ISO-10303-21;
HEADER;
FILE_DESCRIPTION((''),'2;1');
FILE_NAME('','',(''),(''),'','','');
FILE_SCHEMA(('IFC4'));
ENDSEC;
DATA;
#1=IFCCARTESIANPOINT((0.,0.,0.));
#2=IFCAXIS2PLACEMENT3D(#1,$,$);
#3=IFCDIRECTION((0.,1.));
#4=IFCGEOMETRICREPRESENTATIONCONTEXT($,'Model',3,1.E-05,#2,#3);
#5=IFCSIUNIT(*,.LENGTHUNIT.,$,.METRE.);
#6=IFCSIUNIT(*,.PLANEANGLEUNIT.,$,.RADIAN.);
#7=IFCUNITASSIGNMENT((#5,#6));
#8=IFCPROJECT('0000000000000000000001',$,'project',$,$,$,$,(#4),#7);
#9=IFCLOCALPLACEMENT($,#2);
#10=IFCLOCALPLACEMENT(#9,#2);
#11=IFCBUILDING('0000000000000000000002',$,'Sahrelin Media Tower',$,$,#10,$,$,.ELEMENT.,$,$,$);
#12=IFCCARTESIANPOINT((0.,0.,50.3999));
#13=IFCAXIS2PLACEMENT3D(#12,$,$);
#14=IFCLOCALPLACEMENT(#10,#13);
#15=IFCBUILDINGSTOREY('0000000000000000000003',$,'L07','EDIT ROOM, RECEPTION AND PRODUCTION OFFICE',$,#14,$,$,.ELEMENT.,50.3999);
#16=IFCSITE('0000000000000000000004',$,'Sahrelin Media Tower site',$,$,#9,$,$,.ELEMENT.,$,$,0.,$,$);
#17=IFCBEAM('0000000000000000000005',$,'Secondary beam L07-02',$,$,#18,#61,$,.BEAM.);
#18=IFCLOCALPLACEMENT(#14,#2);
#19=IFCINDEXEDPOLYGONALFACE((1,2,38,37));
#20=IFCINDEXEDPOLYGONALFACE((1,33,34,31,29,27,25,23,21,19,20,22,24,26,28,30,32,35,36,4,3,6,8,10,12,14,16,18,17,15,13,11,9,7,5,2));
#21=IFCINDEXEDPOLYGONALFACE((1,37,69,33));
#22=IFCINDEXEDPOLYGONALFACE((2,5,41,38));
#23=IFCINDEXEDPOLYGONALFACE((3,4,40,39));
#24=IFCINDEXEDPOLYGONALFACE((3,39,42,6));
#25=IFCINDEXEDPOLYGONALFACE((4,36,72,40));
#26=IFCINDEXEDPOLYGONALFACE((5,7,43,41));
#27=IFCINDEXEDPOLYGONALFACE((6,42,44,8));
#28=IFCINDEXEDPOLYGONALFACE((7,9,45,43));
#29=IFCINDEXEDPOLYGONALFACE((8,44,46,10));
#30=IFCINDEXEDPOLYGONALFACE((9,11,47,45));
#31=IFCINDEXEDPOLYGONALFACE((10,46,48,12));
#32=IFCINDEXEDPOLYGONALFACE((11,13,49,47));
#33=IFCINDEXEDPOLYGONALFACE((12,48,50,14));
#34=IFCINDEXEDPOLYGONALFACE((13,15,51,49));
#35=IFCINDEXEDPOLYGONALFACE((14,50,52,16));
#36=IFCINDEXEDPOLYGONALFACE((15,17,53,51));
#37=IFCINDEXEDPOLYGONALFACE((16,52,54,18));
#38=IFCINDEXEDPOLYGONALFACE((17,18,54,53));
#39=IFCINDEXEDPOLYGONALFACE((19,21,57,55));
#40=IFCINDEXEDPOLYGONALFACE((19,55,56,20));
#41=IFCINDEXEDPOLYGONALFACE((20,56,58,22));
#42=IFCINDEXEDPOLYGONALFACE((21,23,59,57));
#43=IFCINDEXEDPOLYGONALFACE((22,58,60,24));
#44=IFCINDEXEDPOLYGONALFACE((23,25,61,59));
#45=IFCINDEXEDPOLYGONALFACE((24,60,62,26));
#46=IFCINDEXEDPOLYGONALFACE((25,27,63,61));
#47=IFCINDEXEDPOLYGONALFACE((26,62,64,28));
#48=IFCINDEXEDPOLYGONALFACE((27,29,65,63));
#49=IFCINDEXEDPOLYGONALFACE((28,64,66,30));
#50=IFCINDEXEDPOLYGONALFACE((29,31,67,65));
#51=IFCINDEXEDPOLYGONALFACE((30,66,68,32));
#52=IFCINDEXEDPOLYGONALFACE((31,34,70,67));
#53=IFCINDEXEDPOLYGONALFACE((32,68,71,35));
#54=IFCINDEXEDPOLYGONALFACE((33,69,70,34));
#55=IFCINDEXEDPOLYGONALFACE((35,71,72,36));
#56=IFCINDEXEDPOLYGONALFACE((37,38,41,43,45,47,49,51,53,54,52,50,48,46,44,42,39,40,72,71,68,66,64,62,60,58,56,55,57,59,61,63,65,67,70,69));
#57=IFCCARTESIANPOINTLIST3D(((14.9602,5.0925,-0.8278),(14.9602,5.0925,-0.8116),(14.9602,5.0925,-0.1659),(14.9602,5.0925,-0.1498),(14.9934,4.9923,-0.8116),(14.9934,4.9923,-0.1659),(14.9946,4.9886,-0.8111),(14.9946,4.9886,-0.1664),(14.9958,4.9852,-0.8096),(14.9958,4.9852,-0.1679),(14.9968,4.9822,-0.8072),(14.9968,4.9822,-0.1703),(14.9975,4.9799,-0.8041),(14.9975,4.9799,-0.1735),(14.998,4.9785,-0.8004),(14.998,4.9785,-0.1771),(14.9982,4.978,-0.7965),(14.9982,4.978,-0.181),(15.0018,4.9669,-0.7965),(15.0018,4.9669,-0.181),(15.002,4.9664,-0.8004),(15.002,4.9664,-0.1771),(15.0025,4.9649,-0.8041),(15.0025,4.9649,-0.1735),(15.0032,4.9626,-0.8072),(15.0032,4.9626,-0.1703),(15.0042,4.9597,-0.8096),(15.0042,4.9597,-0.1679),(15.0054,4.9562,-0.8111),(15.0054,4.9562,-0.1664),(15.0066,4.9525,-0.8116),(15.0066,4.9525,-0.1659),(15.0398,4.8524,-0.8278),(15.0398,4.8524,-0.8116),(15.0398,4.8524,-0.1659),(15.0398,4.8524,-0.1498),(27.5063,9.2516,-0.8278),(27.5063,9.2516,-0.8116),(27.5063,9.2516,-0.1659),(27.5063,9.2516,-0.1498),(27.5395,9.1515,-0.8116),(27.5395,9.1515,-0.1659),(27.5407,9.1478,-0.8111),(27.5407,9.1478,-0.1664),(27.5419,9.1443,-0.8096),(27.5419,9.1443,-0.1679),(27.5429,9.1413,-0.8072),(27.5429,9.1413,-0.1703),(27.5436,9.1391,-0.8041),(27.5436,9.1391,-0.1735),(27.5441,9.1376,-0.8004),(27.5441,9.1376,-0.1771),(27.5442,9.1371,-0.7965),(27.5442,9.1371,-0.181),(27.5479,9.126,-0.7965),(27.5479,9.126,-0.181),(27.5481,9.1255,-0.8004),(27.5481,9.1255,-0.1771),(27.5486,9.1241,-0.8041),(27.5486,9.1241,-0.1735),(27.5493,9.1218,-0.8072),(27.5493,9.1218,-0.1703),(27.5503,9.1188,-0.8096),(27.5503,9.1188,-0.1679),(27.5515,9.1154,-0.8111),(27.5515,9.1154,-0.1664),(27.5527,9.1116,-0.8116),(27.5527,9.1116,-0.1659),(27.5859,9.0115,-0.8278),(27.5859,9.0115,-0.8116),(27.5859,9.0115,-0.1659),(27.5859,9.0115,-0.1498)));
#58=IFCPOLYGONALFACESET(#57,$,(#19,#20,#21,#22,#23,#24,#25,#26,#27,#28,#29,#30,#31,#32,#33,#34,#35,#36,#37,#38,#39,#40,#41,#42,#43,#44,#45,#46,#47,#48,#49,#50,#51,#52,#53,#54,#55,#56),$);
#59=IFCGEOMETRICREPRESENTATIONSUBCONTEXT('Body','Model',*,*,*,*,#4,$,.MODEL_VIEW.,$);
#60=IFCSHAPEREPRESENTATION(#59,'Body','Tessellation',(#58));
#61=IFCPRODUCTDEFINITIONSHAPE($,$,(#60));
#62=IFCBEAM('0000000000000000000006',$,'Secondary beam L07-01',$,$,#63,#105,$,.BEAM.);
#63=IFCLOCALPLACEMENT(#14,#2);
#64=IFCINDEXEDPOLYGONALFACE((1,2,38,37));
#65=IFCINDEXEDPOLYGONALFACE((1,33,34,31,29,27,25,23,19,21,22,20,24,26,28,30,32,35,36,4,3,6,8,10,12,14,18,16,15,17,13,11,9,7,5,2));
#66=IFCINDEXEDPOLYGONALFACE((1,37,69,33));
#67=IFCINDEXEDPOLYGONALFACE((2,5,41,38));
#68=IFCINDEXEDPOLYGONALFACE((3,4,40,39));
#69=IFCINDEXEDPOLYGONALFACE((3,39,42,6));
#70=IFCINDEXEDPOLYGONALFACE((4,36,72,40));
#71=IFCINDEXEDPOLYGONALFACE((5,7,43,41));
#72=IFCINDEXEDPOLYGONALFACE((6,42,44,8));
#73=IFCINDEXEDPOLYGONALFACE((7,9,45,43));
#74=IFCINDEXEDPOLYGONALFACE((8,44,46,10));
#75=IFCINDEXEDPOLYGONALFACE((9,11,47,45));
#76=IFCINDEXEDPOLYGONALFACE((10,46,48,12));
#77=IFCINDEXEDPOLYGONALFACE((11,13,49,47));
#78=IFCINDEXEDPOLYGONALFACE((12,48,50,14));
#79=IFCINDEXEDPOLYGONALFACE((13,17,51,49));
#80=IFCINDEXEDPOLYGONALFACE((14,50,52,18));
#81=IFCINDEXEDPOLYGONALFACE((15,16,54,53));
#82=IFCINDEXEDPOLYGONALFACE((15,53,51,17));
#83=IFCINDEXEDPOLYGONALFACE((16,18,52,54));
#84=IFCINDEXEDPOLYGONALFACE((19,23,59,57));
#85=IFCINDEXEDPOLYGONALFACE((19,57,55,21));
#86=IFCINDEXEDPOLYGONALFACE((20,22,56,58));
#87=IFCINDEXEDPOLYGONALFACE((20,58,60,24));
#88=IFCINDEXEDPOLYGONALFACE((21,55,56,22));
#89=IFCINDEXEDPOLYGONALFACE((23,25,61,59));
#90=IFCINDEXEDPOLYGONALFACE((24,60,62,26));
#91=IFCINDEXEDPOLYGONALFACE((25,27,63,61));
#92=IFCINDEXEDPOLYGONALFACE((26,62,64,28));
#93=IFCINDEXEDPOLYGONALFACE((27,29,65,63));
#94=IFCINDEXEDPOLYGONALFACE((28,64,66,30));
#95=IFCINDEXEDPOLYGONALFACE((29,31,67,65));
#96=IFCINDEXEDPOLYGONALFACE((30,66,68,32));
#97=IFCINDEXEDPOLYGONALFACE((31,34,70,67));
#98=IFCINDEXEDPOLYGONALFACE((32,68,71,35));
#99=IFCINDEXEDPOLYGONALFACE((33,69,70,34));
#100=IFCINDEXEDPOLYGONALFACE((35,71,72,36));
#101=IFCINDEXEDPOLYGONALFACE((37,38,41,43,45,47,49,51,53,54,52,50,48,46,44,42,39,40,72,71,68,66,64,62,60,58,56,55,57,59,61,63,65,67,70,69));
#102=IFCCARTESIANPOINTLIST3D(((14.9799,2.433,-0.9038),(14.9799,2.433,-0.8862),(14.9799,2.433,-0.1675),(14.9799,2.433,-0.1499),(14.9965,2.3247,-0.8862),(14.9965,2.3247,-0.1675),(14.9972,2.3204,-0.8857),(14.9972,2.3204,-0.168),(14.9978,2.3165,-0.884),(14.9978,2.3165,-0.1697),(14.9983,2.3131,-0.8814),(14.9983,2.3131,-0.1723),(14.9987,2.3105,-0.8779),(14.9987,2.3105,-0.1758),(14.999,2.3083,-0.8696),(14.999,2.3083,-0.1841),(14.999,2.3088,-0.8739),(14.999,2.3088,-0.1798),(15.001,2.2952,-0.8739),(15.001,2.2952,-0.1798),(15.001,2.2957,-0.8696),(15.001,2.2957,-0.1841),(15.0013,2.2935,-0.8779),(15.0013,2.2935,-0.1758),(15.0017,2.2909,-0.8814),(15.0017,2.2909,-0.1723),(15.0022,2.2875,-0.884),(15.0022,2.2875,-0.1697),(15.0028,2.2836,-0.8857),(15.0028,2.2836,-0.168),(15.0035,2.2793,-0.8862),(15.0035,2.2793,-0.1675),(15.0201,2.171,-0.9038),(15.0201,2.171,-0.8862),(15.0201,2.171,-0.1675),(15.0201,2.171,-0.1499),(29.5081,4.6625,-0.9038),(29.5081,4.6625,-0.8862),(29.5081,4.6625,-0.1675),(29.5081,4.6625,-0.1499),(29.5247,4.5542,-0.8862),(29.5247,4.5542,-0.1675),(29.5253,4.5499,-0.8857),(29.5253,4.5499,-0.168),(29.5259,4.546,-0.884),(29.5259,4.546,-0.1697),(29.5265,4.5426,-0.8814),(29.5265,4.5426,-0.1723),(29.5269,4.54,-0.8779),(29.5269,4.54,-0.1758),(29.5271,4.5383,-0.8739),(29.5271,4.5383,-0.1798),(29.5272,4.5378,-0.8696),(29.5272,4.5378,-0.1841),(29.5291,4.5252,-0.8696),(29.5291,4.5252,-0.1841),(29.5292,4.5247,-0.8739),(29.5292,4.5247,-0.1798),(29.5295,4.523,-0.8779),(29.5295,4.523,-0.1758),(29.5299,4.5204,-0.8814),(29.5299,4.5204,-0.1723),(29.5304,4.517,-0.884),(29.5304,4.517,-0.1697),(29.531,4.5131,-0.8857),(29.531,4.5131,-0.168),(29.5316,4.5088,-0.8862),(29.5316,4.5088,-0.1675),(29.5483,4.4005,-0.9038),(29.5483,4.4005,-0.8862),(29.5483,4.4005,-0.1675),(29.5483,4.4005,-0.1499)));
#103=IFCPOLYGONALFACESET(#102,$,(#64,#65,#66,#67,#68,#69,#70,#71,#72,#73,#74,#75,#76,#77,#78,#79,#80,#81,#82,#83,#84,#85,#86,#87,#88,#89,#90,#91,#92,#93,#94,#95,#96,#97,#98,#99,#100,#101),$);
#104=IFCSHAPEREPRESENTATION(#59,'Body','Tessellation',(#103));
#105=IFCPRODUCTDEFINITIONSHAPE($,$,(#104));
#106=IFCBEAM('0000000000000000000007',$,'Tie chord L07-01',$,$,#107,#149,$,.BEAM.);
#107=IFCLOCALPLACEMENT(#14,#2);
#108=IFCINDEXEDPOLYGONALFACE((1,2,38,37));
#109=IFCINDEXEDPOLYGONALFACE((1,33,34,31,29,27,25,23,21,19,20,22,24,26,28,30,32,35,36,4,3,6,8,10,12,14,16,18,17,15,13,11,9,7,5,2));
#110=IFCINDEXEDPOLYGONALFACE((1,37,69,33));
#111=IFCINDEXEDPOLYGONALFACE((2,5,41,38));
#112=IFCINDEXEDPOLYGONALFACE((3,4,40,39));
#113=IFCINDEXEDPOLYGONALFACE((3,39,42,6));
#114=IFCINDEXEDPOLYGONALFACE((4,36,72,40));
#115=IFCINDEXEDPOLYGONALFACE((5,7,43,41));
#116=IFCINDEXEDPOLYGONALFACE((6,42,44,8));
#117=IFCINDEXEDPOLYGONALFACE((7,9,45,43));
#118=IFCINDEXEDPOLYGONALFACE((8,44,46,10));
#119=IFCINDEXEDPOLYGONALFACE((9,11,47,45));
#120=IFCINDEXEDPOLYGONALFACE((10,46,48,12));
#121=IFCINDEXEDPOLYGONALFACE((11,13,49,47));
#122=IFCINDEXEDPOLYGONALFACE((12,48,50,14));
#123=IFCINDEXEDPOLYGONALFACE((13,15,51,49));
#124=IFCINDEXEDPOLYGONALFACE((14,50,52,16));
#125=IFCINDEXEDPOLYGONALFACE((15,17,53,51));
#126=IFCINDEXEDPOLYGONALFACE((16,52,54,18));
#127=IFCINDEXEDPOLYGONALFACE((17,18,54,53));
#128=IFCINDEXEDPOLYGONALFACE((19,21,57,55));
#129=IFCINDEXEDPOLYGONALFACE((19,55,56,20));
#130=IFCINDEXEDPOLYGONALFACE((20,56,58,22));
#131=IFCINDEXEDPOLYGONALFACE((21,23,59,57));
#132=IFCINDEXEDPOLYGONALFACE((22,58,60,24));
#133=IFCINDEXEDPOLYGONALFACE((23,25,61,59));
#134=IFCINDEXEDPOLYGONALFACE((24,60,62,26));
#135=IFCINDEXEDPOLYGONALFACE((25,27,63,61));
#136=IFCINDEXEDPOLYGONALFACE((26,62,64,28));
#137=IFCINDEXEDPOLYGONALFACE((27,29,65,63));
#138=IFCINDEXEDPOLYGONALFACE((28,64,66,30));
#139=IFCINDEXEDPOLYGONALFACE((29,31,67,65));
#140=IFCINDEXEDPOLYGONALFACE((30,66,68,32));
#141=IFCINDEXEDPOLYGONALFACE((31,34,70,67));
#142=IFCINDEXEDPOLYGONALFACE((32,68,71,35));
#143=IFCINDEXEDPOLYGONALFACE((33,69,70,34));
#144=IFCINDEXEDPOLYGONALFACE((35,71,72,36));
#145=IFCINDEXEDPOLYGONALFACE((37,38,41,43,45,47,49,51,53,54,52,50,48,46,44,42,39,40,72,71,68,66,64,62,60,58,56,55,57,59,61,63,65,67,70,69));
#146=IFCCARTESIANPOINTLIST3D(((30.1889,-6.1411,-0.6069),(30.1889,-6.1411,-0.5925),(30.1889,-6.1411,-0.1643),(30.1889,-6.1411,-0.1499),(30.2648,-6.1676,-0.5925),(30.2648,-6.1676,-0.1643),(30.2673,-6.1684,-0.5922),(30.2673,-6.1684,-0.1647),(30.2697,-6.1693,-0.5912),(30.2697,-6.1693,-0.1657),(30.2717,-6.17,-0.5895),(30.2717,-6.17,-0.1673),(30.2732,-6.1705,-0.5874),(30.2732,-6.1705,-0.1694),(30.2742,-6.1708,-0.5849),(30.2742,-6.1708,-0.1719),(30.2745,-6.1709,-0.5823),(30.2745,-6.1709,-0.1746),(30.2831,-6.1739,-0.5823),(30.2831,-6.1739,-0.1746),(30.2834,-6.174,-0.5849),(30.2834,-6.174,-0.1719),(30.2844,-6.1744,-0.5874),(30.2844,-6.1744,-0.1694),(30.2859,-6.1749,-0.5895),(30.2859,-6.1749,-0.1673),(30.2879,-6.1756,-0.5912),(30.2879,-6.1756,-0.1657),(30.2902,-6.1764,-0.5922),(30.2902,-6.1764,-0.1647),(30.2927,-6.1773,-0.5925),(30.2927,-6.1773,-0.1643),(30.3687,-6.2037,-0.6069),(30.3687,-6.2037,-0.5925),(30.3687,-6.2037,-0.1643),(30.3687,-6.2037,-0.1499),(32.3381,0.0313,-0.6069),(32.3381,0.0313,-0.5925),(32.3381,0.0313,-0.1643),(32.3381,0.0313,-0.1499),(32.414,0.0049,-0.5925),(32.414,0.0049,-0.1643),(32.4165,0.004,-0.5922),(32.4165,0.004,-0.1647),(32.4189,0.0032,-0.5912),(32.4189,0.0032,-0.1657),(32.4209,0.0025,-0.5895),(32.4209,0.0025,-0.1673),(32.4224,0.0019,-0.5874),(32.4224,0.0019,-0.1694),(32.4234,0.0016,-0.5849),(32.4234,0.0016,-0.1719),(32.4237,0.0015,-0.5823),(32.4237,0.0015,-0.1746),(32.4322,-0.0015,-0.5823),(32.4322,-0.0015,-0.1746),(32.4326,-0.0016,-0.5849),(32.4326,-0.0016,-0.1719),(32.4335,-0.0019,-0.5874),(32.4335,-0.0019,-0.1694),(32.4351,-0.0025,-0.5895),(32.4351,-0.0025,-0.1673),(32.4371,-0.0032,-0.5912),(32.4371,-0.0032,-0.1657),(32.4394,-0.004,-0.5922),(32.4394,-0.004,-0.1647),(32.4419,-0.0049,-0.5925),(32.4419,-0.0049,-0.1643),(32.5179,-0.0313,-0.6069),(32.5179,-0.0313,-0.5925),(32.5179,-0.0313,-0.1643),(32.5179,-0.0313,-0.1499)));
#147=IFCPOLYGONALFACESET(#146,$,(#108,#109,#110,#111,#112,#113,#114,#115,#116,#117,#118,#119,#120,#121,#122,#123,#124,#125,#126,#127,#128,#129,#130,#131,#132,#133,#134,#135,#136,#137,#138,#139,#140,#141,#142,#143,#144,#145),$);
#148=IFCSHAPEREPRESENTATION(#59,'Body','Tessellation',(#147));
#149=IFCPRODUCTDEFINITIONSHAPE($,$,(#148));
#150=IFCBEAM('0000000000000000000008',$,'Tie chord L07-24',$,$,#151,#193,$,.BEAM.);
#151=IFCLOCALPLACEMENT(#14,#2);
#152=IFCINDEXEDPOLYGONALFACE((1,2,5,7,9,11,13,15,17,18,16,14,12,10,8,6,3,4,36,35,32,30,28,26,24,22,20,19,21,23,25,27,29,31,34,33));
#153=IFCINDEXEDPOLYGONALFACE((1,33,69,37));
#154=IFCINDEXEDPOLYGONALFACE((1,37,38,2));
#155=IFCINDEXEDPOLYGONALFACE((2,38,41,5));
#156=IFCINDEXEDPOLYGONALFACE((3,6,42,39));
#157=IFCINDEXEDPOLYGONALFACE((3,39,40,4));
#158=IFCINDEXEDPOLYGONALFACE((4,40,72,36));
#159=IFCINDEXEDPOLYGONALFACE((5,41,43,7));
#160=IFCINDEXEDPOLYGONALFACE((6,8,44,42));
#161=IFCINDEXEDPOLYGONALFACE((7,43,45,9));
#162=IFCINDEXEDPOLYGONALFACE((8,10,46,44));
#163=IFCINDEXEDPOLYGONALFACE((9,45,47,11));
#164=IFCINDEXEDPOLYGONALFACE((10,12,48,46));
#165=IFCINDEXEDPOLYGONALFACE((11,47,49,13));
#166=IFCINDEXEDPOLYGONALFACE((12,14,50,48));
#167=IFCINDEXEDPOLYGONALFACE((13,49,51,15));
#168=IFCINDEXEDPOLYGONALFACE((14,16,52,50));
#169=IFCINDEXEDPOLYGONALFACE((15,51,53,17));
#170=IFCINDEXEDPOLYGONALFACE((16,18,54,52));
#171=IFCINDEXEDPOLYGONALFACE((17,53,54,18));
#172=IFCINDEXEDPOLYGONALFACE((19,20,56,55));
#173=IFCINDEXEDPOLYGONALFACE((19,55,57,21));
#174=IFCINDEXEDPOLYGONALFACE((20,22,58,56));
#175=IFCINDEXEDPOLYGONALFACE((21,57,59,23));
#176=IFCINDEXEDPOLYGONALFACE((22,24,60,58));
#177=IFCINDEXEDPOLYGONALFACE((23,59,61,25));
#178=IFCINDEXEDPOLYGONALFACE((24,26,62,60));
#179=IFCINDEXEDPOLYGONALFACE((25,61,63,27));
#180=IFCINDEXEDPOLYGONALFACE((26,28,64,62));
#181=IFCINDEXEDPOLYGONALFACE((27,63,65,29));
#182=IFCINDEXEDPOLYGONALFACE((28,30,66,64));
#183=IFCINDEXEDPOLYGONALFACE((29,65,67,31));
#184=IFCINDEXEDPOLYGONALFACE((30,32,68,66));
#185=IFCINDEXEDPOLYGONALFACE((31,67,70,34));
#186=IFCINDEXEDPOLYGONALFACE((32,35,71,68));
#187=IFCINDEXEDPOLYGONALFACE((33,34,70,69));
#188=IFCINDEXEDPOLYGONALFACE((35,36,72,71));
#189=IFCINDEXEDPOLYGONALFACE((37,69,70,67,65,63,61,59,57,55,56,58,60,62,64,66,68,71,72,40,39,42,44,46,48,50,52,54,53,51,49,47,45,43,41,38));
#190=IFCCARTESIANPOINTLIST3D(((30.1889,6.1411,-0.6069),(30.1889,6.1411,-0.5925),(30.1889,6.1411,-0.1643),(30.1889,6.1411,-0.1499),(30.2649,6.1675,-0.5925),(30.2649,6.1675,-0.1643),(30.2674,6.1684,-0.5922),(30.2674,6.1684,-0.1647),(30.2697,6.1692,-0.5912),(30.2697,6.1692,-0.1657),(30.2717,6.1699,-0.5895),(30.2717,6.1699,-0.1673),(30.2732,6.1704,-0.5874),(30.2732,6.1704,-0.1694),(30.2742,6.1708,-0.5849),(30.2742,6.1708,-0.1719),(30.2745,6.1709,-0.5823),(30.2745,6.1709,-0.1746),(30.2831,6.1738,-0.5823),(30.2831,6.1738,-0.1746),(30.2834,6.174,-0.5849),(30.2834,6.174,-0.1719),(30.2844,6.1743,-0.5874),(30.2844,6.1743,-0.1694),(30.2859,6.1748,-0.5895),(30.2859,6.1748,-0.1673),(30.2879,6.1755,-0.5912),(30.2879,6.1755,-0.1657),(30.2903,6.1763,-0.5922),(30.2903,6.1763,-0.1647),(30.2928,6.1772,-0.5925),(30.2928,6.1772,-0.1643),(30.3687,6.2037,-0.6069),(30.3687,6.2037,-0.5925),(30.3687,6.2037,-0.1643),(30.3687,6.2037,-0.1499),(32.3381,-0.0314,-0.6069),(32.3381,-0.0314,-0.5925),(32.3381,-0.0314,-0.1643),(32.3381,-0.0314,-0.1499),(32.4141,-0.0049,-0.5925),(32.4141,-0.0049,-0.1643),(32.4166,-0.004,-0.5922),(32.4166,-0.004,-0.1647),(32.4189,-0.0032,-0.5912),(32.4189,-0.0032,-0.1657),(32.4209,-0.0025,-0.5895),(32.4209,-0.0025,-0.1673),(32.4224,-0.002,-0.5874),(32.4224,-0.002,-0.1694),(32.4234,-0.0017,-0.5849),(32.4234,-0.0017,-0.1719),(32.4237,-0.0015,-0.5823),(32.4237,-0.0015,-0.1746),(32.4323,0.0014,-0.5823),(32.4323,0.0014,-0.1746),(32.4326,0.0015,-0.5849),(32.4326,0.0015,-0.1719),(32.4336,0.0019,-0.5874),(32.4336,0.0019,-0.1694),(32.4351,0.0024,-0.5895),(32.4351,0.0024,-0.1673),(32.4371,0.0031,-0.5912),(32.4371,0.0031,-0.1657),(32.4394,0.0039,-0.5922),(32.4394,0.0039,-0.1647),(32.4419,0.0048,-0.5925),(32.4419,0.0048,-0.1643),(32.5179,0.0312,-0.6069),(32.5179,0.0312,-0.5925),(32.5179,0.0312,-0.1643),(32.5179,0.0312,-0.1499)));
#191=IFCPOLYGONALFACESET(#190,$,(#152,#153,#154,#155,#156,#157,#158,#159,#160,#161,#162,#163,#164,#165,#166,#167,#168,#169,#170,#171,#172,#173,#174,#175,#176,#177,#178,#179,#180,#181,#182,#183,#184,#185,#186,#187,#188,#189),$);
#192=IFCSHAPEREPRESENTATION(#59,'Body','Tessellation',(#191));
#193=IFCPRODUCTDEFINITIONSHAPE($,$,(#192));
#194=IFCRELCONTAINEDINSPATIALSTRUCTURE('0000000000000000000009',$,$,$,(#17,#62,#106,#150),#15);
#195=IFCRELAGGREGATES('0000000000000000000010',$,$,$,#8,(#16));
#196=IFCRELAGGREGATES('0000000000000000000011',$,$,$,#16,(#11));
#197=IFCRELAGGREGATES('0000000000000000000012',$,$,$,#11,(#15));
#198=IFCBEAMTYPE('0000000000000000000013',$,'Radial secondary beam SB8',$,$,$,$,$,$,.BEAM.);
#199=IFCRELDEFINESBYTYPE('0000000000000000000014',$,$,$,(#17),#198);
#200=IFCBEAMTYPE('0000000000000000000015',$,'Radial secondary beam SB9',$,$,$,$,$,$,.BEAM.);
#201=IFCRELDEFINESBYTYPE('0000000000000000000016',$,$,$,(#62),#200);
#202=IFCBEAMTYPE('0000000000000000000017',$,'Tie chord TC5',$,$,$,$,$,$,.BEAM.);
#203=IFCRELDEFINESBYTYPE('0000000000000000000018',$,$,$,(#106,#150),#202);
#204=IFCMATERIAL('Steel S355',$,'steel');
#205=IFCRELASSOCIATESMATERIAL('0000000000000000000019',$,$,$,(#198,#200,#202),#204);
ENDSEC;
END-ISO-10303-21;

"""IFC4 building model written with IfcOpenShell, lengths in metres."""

from ifc_helpers import new_model, si_unit, direction, frame, origin, origin_2d, place, context, subcontext, project, spatial, i_section, extrude, material, material_profile, profile_set, type_object, element, save


model = new_model("IFC4")

# Units and contexts
model_context = context("Model", 3, precision=1e-05, world=origin(), true_north=direction((0.0, 1.0)))
body_context = subcontext(model_context, "Body", "Model", "MODEL_VIEW")
ifc_project = project(units=[si_unit("LENGTHUNIT", "METRE"), si_unit("PLANEANGLEUNIT", "RADIAN")], contexts=[model_context])

# Site, building, storey
site_placement = place(None, origin())
site = spatial("IfcSite", under=ifc_project, at=site_placement, Name="Sahrelin Media Tower site", CompositionType="ELEMENT", RefElevation=0.0)
building_placement = place(site_placement, origin())
building = spatial("IfcBuilding", under=site, at=building_placement, Name="Sahrelin Media Tower", CompositionType="ELEMENT")
storey_placement = place(building_placement, frame((0.0, 0.0, 50.3999)))
storey = spatial("IfcBuildingStorey", under=building, at=storey_placement, Name="L07", Description="EDIT ROOM, RECEPTION AND PRODUCTION OFFICE", CompositionType="ELEMENT", Elevation=50.3999)

# Shared definitions
ifc_material_1 = material(Name="Steel S355", Category="steel")

# Beams
ifc_material_profile_1 = material_profile(ifc_material_1, i_section(OverallWidth=0.2529, OverallDepth=0.678, WebThickness=0.0117, FlangeThickness=0.0161, FilletRadius=0.0151, at=origin_2d()), Name="UB 686x254x125")
ifc_profile_set_1 = profile_set([ifc_material_profile_1], Name="Steel S355")
beam_type_1 = type_object("IfcBeamType", Name="Radial secondary beam SB8", PredefinedType="BEAM", material=ifc_profile_set_1)
beam_1_placement = place(storey_placement, frame((15.0, 4.9724, -0.4888), z_axis=(0.949201, 0.31467, 0.0), x_axis=(-0.31467, 0.949201, 0.0)))
element("IfcBeam", 1, at=beam_1_placement, inside=storey, type_object=beam_type_1, Name="Secondary beam L07-02", PredefinedType="BEAM", context=body_context, shape_type="SweptSolid", body=[
    extrude(i_section(OverallWidth=0.2529, OverallDepth=0.678, WebThickness=0.0117, FlangeThickness=0.0161, FilletRadius=0.0151, at=origin_2d()), origin(), (0.0, 0.0, 1.0), 13.2175),
])
ifc_material_profile_2 = material_profile(ifc_material_1, i_section(OverallWidth=0.2651, OverallDepth=0.7539, WebThickness=0.0127, FlangeThickness=0.0176, FilletRadius=0.0166, at=origin_2d()), Name="UB 762x267x147")
ifc_profile_set_2 = profile_set([ifc_material_profile_2], Name="Steel S355")
beam_type_2 = type_object("IfcBeamType", Name="Radial secondary beam SB9", PredefinedType="BEAM", material=ifc_profile_set_2)
beam_2_placement = place(storey_placement, frame((15.0, 2.302, -0.5269), z_axis=(0.988429, 0.151685, 0.0), x_axis=(-0.151685, 0.988429, 0.0)))
element("IfcBeam", 2, at=beam_2_placement, inside=storey, type_object=beam_type_2, Name="Secondary beam L07-01", PredefinedType="BEAM", context=body_context, shape_type="SweptSolid", body=[
    extrude(i_section(OverallWidth=0.2651, OverallDepth=0.7539, WebThickness=0.0127, FlangeThickness=0.0176, FilletRadius=0.0166, at=origin_2d()), origin(), (0.0, 0.0, 1.0), 14.6982),
])
ifc_material_profile_3 = material_profile(ifc_material_1, i_section(OverallWidth=0.1904, OverallDepth=0.457, WebThickness=0.009, FlangeThickness=0.0144, FilletRadius=0.0103, at=origin_2d()), Name="UB 457x191x74")
ifc_profile_set_3 = profile_set([ifc_material_profile_3], Name="Steel S355")
beam_type_3 = type_object("IfcBeamType", Name="Tie chord TC5", PredefinedType="BEAM", material=ifc_profile_set_3)
for number, where, z_axis, x_axis, name in (
    (3, (32.428, 0.0, -0.3784), (-0.328829, -0.944389, 0.0), (0.944389, -0.328829, 0.0), "Tie chord L07-01"),
    (4, (30.2788, 6.1724, -0.3784), (0.328829, -0.944389, 0.0), (0.944389, 0.328829, 0.0), "Tie chord L07-24"),
):
    element("IfcBeam", number, at=place(storey_placement, frame(where, z_axis=z_axis, x_axis=x_axis)), inside=storey, type_object=beam_type_3, Name=name, PredefinedType="BEAM", context=body_context, shape_type="SweptSolid", body=[
        extrude(i_section(OverallWidth=0.1904, OverallDepth=0.457, WebThickness=0.009, FlangeThickness=0.0144, FilletRadius=0.0103, at=origin_2d()), origin(), (0.0, 0.0, 1.0), 6.5359),
    ])

save(model, "model.ifc")
